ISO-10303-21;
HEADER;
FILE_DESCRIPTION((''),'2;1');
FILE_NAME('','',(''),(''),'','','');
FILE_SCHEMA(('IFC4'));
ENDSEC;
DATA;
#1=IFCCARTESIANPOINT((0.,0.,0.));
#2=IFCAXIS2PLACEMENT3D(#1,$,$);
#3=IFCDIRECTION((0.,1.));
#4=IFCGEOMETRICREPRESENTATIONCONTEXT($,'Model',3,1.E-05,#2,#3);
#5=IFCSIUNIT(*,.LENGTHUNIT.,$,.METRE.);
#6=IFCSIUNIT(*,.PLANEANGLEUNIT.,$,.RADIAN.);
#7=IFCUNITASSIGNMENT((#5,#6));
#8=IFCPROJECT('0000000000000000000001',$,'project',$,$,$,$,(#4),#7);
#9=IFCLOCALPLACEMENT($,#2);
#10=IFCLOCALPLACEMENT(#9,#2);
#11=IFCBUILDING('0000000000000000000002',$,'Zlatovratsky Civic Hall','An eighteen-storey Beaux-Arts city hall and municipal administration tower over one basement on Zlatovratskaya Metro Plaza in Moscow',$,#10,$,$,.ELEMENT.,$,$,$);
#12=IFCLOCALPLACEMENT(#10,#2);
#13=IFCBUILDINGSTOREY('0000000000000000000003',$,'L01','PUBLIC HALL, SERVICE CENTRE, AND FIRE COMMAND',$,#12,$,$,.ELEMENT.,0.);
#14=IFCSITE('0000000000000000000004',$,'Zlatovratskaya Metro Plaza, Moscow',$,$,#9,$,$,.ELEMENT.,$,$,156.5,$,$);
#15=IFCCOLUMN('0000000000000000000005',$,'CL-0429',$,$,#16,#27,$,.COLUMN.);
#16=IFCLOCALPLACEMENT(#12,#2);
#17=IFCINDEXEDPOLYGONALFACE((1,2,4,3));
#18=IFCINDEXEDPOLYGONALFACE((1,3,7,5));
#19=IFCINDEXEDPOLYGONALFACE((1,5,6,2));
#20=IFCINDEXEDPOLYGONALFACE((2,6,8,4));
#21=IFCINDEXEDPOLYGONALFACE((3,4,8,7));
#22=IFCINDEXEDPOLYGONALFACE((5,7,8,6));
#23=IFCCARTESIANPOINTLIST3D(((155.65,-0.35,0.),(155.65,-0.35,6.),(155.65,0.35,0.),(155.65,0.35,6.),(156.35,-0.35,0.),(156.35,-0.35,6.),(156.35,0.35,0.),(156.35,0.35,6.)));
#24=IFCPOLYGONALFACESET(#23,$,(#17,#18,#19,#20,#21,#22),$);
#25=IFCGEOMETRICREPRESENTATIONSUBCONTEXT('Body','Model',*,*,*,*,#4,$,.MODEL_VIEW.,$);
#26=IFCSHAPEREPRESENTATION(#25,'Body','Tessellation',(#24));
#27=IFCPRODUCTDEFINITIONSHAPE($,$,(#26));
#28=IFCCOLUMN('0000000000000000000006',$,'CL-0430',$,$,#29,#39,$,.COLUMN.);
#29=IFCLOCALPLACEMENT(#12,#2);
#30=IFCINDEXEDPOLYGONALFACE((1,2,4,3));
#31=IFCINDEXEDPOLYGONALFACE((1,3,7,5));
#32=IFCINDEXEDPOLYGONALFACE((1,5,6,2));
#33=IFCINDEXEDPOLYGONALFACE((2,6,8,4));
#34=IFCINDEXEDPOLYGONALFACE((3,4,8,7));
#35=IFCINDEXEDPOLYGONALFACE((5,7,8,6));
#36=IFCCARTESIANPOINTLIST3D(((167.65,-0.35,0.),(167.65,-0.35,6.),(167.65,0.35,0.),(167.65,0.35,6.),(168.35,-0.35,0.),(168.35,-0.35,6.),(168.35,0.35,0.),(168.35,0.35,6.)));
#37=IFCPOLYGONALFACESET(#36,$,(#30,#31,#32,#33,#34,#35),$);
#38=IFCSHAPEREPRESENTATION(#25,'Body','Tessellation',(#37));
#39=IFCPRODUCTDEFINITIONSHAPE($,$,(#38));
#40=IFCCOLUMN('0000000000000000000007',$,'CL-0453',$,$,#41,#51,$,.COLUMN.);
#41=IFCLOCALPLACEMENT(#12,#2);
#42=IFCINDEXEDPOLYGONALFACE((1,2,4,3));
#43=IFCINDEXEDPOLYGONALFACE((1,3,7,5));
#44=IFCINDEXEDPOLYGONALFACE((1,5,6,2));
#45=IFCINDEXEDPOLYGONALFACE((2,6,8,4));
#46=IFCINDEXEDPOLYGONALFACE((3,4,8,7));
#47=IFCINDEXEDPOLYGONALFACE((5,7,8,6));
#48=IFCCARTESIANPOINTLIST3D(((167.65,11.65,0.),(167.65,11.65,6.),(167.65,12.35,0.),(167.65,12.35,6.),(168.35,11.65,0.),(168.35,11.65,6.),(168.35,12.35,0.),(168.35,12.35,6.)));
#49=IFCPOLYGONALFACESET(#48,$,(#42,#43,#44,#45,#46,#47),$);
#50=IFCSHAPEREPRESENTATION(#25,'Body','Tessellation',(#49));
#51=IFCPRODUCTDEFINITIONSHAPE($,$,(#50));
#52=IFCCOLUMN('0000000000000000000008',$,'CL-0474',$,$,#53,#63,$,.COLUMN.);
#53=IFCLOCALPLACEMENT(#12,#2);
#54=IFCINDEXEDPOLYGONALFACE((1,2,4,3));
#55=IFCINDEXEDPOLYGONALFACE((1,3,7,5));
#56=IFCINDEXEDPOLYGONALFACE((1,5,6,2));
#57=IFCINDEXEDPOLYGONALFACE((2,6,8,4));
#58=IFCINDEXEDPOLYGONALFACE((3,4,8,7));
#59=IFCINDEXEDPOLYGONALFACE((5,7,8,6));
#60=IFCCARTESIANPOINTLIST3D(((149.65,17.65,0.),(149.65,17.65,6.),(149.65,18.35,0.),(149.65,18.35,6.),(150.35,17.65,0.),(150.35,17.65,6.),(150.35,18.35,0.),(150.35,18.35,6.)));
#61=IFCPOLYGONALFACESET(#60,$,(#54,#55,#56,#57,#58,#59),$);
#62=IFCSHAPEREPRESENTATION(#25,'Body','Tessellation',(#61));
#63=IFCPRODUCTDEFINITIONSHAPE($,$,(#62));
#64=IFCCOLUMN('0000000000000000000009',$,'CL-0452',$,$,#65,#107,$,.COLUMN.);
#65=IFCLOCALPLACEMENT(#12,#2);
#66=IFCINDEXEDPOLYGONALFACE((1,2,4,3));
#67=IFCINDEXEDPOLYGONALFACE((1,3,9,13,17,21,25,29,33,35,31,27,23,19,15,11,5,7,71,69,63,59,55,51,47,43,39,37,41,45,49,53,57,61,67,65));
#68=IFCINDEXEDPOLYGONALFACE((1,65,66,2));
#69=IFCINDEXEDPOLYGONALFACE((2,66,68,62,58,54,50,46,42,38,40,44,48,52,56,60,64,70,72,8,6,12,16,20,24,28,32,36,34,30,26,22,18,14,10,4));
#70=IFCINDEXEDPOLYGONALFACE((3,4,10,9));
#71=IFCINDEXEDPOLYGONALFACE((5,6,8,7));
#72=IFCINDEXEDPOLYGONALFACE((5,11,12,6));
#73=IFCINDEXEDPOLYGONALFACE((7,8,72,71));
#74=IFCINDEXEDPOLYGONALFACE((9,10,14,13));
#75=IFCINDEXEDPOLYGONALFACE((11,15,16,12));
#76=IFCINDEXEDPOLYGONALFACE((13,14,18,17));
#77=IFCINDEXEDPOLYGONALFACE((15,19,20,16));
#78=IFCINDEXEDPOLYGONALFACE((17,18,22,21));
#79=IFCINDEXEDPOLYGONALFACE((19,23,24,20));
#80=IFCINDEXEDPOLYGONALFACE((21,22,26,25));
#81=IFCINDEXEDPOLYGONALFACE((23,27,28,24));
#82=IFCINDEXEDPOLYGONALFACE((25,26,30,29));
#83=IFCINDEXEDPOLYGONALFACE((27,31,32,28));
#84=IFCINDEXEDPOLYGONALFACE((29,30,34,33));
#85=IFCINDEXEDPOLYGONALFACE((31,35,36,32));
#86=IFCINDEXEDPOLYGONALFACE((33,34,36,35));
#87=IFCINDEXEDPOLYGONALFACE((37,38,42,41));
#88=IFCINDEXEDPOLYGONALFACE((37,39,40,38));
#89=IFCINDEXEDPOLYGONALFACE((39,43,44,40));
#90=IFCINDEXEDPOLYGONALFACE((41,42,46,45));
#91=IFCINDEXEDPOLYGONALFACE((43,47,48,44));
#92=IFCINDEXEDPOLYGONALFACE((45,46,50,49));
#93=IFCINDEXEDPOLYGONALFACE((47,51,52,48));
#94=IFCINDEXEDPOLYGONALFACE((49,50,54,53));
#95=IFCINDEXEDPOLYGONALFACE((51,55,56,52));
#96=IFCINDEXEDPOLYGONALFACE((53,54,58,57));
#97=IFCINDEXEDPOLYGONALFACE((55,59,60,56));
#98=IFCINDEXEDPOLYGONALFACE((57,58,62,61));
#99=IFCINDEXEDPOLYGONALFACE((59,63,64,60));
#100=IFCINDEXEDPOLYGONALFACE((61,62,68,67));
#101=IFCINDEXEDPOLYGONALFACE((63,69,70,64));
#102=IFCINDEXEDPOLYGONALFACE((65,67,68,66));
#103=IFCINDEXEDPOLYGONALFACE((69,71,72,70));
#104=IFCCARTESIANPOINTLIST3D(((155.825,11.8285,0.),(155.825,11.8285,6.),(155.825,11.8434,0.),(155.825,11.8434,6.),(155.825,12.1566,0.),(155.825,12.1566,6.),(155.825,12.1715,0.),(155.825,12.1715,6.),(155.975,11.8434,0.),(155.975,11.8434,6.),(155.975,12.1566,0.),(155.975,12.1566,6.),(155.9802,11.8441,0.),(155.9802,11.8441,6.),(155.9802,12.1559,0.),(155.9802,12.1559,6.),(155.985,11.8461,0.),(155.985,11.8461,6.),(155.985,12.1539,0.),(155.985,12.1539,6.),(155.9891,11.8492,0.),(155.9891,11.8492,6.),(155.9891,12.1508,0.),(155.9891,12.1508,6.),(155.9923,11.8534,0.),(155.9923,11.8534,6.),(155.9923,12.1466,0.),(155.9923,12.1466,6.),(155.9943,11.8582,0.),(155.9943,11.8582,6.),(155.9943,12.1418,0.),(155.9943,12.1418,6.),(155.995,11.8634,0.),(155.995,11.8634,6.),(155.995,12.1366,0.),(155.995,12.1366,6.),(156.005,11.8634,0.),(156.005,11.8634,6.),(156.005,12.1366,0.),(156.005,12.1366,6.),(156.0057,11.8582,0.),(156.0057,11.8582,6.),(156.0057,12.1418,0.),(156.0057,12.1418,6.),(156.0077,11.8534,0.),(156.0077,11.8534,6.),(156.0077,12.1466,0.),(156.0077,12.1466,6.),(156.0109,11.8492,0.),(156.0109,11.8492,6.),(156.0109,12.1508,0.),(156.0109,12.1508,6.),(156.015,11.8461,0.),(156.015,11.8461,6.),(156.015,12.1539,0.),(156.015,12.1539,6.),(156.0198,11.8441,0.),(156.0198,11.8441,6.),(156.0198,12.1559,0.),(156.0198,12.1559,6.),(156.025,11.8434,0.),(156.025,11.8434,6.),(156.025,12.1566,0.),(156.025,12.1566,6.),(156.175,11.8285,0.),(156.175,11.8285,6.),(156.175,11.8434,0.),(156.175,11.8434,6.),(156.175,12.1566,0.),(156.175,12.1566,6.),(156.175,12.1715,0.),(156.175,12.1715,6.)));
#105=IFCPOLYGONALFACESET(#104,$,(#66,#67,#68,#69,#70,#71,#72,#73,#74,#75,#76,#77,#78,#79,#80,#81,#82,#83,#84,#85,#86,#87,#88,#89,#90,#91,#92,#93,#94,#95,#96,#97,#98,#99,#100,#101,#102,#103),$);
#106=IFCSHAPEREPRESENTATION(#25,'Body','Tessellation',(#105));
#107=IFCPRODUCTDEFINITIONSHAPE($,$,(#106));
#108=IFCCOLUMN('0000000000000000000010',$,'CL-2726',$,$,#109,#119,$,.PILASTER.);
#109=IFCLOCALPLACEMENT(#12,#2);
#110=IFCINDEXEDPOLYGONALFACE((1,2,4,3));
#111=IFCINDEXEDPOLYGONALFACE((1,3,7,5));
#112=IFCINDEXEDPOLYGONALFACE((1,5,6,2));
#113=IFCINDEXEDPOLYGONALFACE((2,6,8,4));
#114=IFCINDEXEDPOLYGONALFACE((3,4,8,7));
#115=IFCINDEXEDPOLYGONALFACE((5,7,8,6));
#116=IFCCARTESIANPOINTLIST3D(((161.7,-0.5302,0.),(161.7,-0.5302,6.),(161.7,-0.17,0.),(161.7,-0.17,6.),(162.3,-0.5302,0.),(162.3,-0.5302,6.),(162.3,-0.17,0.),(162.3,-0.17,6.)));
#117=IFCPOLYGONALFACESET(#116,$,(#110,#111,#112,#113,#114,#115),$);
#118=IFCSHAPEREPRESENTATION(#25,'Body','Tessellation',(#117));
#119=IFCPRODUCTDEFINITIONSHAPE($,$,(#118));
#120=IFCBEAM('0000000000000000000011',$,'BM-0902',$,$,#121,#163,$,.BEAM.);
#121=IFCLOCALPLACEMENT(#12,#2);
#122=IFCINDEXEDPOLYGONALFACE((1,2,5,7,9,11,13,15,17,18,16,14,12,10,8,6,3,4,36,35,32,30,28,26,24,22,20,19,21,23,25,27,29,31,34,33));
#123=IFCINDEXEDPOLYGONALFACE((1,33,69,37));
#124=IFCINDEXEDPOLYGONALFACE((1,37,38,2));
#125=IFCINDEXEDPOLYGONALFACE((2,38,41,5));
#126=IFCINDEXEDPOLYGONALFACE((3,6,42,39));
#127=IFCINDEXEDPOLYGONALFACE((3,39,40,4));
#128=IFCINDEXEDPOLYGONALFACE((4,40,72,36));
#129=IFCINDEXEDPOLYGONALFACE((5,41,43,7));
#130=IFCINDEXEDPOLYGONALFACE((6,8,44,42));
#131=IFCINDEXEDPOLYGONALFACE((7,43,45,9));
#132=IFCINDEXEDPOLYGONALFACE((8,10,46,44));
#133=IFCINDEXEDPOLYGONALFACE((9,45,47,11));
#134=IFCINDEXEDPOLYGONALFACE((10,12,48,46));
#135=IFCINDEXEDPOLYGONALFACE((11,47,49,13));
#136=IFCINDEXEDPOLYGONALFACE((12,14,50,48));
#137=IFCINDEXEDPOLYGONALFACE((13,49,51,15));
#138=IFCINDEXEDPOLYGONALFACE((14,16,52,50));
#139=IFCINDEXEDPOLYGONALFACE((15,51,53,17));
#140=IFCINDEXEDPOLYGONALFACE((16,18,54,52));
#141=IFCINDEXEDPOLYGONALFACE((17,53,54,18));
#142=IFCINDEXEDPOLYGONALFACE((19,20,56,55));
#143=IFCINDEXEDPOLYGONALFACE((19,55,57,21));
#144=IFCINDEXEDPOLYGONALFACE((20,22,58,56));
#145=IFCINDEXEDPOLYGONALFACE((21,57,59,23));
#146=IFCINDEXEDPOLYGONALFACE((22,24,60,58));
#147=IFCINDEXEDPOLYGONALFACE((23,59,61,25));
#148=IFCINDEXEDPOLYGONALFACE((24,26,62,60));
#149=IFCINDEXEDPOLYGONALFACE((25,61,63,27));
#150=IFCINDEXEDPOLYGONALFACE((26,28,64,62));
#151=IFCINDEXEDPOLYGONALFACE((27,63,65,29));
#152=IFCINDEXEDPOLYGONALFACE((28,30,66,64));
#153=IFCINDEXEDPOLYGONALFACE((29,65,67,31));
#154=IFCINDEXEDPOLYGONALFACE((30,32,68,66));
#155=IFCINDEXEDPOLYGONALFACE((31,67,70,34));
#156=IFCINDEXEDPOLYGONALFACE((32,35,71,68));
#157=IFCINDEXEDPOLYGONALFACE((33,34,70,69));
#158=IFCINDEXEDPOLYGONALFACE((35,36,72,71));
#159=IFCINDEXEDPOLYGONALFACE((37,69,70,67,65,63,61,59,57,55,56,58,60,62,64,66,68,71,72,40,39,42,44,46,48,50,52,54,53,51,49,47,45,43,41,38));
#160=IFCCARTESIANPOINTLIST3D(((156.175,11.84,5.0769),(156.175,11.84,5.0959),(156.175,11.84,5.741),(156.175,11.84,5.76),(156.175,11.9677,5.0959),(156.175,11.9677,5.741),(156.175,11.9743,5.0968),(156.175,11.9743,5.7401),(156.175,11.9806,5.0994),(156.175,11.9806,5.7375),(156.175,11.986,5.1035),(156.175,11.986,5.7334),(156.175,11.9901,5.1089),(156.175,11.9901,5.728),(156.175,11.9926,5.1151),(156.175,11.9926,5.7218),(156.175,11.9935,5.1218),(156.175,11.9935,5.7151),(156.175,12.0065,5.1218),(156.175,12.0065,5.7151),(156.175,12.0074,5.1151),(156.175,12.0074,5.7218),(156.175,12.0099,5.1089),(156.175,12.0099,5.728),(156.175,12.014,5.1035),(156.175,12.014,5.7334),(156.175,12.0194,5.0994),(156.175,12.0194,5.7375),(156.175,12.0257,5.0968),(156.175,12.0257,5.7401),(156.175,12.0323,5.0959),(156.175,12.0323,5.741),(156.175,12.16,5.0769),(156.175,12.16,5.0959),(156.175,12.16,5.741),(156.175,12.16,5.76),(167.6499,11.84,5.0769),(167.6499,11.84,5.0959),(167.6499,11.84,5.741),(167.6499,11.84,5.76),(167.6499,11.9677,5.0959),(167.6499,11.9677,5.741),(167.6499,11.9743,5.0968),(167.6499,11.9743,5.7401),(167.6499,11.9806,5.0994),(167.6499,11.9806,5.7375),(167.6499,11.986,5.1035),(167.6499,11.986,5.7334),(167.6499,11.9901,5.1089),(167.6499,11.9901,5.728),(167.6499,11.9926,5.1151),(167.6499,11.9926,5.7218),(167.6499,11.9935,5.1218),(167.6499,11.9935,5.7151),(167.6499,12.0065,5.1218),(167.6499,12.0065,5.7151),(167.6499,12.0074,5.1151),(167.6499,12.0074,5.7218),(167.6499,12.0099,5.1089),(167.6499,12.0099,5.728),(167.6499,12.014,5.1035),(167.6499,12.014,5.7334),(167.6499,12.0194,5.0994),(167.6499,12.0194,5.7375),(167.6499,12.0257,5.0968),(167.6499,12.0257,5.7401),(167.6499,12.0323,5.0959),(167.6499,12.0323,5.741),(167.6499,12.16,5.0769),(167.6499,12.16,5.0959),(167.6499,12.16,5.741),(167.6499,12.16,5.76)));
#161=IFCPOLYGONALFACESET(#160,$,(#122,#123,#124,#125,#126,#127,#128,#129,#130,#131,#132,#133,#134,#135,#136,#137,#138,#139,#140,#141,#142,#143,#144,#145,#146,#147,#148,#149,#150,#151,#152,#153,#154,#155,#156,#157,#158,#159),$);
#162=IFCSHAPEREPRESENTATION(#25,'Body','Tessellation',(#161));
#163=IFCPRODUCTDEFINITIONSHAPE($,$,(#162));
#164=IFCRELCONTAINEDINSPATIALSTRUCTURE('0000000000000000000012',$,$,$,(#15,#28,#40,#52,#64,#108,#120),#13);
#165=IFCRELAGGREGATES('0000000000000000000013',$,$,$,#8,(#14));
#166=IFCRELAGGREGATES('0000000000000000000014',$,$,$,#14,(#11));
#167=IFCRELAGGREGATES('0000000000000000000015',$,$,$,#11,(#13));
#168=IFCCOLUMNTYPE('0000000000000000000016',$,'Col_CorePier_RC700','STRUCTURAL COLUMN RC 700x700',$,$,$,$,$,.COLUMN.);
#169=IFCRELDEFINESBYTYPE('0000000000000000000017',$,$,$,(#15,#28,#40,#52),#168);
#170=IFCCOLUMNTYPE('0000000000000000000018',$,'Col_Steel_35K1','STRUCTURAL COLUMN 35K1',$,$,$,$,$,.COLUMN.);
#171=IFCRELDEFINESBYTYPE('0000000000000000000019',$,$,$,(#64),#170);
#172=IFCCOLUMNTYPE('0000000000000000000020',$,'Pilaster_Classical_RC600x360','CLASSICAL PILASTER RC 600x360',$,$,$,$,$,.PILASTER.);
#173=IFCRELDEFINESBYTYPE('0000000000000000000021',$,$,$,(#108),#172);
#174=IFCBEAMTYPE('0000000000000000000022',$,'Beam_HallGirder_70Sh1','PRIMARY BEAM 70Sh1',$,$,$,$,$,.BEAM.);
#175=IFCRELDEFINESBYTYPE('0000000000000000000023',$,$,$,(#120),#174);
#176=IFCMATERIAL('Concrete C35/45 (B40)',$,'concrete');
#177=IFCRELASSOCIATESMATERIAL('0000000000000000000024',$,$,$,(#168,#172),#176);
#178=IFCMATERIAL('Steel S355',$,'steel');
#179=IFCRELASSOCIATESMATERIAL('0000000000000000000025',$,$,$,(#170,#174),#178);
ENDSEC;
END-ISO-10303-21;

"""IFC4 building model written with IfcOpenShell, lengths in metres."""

from ifc_helpers import new_model, si_unit, direction, frame, origin, origin_2d, place, context, subcontext, project, spatial, rectangle, i_section, extrude, material, material_profile, profile_set, type_object, element, save


model = new_model("IFC4")

# Units and contexts
model_context = context("Model", 3, precision=1e-05, world=origin(), true_north=direction((0.0, 1.0)))
body_context = subcontext(model_context, "Body", "Model", "MODEL_VIEW")
ifc_project = project(units=[si_unit("LENGTHUNIT", "METRE"), si_unit("PLANEANGLEUNIT", "RADIAN")], contexts=[model_context])

# Site, building, storey
site_placement = place(None, origin())
site = spatial("IfcSite", under=ifc_project, at=site_placement, Name="Zlatovratskaya Metro Plaza, Moscow", CompositionType="ELEMENT", RefElevation=156.5)
building_placement = place(site_placement, origin())
building = spatial("IfcBuilding", under=site, at=building_placement, Name="Zlatovratsky Civic Hall", Description="An eighteen-storey Beaux-Arts city hall and municipal administration tower over one basement on Zlatovratskaya Metro Plaza in Moscow", CompositionType="ELEMENT")
storey_placement = place(building_placement, origin())
storey = spatial("IfcBuildingStorey", under=building, at=storey_placement, Name="L01", Description="PUBLIC HALL, SERVICE CENTRE, AND FIRE COMMAND", CompositionType="ELEMENT", Elevation=0.0)

# Columns
ifc_material_1 = material(Name="Concrete C35/45 (B40)", Category="concrete")
ifc_material_profile_1 = material_profile(ifc_material_1, rectangle(XDim=0.7, YDim=0.7, at=origin_2d()), Name="RC 700x700")
ifc_profile_set_1 = profile_set([ifc_material_profile_1], Name="Concrete C35/45 (B40)")
column_type_1 = type_object("IfcColumnType", Name="Col_CorePier_RC700", Description="STRUCTURAL COLUMN RC 700x700", PredefinedType="COLUMN", material=ifc_profile_set_1)
for number, where, z_axis, x_axis, name in (
    (1, (156.0, 0.0, 0.0), (0.0, 0.0, 1.0), (1.0, 0.0, 0.0), "CL-0429"),
    (2, (168.0, 0.0, 0.0), (0.0, 0.0, 1.0), (1.0, 0.0, 0.0), "CL-0430"),
    (3, (168.0, 12.0, 0.0), (0.0, 0.0, 1.0), (1.0, 0.0, 0.0), "CL-0453"),
    (4, (150.0, 18.0, 0.0), (0.0, 0.0, 1.0), (1.0, 0.0, 0.0), "CL-0474"),
):
    element("IfcColumn", number, at=place(storey_placement, frame(where, z_axis=z_axis, x_axis=x_axis)), inside=storey, type_object=column_type_1, Name=name, PredefinedType="COLUMN", context=body_context, shape_type="SweptSolid", body=[
        extrude(rectangle(XDim=0.7, YDim=0.7, at=origin_2d()), origin(), (0.0, 0.0, 1.0), 6.0),
    ])
ifc_material_2 = material(Name="Steel S355", Category="steel")
ifc_material_profile_2 = material_profile(ifc_material_2, i_section(OverallWidth=0.3501, OverallDepth=0.343, WebThickness=0.01, FlangeThickness=0.0149, FilletRadius=0.02, at=origin_2d()), Name="35K1")
ifc_profile_set_2 = profile_set([ifc_material_profile_2], Name="Steel S355")
column_type_2 = type_object("IfcColumnType", Name="Col_Steel_35K1", Description="STRUCTURAL COLUMN 35K1", PredefinedType="COLUMN", material=ifc_profile_set_2)
column_1_placement = place(storey_placement, frame((156.0, 12.0, 0.0), z_axis=(0.0, 0.0, 1.0), x_axis=(1.0, 0.0, 0.0)))
element("IfcColumn", 5, at=column_1_placement, inside=storey, type_object=column_type_2, Name="CL-0452", PredefinedType="COLUMN", context=body_context, shape_type="SweptSolid", body=[
    extrude(i_section(OverallWidth=0.3501, OverallDepth=0.343, WebThickness=0.01, FlangeThickness=0.0149, FilletRadius=0.02, at=origin_2d()), origin(), (0.0, 0.0, 1.0), 6.0),
])
ifc_material_profile_3 = material_profile(ifc_material_1, rectangle(XDim=0.6001, YDim=0.3601, at=origin_2d()), Name="RC 600x360")
ifc_profile_set_3 = profile_set([ifc_material_profile_3], Name="Concrete C35/45 (B40)")
column_type_3 = type_object("IfcColumnType", Name="Pilaster_Classical_RC600x360", Description="CLASSICAL PILASTER RC 600x360", PredefinedType="PILASTER", material=ifc_profile_set_3)
column_2_placement = place(storey_placement, frame((162.0, -0.3501, 0.0), z_axis=(0.0, 0.0, 1.0), x_axis=(1.0, 0.0, 0.0)))
element("IfcColumn", 6, at=column_2_placement, inside=storey, type_object=column_type_3, Name="CL-2726", PredefinedType="PILASTER", context=body_context, shape_type="SweptSolid", body=[
    extrude(rectangle(XDim=0.6001, YDim=0.3601, at=origin_2d()), origin(), (0.0, 0.0, 1.0), 6.0),
])

# Beam
ifc_material_profile_4 = material_profile(ifc_material_2, i_section(OverallWidth=0.3201, OverallDepth=0.6831, WebThickness=0.0129, FlangeThickness=0.019, FilletRadius=0.0259, at=origin_2d()), Name="70Sh1")
ifc_profile_set_4 = profile_set([ifc_material_profile_4], Name="Steel S355")
beam_type_1 = type_object("IfcBeamType", Name="Beam_HallGirder_70Sh1", Description="PRIMARY BEAM 70Sh1", PredefinedType="BEAM", material=ifc_profile_set_4)
beam_1_placement = place(storey_placement, frame((156.175, 12.0, 5.4185), z_axis=(1.0, 0.0, 0.0), x_axis=(0.0, 1.0, 0.0)))
element("IfcBeam", 7, at=beam_1_placement, inside=storey, type_object=beam_type_1, Name="BM-0902", PredefinedType="BEAM", context=body_context, shape_type="SweptSolid", body=[
    extrude(i_section(OverallWidth=0.3201, OverallDepth=0.6831, WebThickness=0.0129, FlangeThickness=0.019, FilletRadius=0.0259, at=origin_2d()), origin(), (0.0, 0.0, 1.0), 11.4749),
])

save(model, "model.ifc")
